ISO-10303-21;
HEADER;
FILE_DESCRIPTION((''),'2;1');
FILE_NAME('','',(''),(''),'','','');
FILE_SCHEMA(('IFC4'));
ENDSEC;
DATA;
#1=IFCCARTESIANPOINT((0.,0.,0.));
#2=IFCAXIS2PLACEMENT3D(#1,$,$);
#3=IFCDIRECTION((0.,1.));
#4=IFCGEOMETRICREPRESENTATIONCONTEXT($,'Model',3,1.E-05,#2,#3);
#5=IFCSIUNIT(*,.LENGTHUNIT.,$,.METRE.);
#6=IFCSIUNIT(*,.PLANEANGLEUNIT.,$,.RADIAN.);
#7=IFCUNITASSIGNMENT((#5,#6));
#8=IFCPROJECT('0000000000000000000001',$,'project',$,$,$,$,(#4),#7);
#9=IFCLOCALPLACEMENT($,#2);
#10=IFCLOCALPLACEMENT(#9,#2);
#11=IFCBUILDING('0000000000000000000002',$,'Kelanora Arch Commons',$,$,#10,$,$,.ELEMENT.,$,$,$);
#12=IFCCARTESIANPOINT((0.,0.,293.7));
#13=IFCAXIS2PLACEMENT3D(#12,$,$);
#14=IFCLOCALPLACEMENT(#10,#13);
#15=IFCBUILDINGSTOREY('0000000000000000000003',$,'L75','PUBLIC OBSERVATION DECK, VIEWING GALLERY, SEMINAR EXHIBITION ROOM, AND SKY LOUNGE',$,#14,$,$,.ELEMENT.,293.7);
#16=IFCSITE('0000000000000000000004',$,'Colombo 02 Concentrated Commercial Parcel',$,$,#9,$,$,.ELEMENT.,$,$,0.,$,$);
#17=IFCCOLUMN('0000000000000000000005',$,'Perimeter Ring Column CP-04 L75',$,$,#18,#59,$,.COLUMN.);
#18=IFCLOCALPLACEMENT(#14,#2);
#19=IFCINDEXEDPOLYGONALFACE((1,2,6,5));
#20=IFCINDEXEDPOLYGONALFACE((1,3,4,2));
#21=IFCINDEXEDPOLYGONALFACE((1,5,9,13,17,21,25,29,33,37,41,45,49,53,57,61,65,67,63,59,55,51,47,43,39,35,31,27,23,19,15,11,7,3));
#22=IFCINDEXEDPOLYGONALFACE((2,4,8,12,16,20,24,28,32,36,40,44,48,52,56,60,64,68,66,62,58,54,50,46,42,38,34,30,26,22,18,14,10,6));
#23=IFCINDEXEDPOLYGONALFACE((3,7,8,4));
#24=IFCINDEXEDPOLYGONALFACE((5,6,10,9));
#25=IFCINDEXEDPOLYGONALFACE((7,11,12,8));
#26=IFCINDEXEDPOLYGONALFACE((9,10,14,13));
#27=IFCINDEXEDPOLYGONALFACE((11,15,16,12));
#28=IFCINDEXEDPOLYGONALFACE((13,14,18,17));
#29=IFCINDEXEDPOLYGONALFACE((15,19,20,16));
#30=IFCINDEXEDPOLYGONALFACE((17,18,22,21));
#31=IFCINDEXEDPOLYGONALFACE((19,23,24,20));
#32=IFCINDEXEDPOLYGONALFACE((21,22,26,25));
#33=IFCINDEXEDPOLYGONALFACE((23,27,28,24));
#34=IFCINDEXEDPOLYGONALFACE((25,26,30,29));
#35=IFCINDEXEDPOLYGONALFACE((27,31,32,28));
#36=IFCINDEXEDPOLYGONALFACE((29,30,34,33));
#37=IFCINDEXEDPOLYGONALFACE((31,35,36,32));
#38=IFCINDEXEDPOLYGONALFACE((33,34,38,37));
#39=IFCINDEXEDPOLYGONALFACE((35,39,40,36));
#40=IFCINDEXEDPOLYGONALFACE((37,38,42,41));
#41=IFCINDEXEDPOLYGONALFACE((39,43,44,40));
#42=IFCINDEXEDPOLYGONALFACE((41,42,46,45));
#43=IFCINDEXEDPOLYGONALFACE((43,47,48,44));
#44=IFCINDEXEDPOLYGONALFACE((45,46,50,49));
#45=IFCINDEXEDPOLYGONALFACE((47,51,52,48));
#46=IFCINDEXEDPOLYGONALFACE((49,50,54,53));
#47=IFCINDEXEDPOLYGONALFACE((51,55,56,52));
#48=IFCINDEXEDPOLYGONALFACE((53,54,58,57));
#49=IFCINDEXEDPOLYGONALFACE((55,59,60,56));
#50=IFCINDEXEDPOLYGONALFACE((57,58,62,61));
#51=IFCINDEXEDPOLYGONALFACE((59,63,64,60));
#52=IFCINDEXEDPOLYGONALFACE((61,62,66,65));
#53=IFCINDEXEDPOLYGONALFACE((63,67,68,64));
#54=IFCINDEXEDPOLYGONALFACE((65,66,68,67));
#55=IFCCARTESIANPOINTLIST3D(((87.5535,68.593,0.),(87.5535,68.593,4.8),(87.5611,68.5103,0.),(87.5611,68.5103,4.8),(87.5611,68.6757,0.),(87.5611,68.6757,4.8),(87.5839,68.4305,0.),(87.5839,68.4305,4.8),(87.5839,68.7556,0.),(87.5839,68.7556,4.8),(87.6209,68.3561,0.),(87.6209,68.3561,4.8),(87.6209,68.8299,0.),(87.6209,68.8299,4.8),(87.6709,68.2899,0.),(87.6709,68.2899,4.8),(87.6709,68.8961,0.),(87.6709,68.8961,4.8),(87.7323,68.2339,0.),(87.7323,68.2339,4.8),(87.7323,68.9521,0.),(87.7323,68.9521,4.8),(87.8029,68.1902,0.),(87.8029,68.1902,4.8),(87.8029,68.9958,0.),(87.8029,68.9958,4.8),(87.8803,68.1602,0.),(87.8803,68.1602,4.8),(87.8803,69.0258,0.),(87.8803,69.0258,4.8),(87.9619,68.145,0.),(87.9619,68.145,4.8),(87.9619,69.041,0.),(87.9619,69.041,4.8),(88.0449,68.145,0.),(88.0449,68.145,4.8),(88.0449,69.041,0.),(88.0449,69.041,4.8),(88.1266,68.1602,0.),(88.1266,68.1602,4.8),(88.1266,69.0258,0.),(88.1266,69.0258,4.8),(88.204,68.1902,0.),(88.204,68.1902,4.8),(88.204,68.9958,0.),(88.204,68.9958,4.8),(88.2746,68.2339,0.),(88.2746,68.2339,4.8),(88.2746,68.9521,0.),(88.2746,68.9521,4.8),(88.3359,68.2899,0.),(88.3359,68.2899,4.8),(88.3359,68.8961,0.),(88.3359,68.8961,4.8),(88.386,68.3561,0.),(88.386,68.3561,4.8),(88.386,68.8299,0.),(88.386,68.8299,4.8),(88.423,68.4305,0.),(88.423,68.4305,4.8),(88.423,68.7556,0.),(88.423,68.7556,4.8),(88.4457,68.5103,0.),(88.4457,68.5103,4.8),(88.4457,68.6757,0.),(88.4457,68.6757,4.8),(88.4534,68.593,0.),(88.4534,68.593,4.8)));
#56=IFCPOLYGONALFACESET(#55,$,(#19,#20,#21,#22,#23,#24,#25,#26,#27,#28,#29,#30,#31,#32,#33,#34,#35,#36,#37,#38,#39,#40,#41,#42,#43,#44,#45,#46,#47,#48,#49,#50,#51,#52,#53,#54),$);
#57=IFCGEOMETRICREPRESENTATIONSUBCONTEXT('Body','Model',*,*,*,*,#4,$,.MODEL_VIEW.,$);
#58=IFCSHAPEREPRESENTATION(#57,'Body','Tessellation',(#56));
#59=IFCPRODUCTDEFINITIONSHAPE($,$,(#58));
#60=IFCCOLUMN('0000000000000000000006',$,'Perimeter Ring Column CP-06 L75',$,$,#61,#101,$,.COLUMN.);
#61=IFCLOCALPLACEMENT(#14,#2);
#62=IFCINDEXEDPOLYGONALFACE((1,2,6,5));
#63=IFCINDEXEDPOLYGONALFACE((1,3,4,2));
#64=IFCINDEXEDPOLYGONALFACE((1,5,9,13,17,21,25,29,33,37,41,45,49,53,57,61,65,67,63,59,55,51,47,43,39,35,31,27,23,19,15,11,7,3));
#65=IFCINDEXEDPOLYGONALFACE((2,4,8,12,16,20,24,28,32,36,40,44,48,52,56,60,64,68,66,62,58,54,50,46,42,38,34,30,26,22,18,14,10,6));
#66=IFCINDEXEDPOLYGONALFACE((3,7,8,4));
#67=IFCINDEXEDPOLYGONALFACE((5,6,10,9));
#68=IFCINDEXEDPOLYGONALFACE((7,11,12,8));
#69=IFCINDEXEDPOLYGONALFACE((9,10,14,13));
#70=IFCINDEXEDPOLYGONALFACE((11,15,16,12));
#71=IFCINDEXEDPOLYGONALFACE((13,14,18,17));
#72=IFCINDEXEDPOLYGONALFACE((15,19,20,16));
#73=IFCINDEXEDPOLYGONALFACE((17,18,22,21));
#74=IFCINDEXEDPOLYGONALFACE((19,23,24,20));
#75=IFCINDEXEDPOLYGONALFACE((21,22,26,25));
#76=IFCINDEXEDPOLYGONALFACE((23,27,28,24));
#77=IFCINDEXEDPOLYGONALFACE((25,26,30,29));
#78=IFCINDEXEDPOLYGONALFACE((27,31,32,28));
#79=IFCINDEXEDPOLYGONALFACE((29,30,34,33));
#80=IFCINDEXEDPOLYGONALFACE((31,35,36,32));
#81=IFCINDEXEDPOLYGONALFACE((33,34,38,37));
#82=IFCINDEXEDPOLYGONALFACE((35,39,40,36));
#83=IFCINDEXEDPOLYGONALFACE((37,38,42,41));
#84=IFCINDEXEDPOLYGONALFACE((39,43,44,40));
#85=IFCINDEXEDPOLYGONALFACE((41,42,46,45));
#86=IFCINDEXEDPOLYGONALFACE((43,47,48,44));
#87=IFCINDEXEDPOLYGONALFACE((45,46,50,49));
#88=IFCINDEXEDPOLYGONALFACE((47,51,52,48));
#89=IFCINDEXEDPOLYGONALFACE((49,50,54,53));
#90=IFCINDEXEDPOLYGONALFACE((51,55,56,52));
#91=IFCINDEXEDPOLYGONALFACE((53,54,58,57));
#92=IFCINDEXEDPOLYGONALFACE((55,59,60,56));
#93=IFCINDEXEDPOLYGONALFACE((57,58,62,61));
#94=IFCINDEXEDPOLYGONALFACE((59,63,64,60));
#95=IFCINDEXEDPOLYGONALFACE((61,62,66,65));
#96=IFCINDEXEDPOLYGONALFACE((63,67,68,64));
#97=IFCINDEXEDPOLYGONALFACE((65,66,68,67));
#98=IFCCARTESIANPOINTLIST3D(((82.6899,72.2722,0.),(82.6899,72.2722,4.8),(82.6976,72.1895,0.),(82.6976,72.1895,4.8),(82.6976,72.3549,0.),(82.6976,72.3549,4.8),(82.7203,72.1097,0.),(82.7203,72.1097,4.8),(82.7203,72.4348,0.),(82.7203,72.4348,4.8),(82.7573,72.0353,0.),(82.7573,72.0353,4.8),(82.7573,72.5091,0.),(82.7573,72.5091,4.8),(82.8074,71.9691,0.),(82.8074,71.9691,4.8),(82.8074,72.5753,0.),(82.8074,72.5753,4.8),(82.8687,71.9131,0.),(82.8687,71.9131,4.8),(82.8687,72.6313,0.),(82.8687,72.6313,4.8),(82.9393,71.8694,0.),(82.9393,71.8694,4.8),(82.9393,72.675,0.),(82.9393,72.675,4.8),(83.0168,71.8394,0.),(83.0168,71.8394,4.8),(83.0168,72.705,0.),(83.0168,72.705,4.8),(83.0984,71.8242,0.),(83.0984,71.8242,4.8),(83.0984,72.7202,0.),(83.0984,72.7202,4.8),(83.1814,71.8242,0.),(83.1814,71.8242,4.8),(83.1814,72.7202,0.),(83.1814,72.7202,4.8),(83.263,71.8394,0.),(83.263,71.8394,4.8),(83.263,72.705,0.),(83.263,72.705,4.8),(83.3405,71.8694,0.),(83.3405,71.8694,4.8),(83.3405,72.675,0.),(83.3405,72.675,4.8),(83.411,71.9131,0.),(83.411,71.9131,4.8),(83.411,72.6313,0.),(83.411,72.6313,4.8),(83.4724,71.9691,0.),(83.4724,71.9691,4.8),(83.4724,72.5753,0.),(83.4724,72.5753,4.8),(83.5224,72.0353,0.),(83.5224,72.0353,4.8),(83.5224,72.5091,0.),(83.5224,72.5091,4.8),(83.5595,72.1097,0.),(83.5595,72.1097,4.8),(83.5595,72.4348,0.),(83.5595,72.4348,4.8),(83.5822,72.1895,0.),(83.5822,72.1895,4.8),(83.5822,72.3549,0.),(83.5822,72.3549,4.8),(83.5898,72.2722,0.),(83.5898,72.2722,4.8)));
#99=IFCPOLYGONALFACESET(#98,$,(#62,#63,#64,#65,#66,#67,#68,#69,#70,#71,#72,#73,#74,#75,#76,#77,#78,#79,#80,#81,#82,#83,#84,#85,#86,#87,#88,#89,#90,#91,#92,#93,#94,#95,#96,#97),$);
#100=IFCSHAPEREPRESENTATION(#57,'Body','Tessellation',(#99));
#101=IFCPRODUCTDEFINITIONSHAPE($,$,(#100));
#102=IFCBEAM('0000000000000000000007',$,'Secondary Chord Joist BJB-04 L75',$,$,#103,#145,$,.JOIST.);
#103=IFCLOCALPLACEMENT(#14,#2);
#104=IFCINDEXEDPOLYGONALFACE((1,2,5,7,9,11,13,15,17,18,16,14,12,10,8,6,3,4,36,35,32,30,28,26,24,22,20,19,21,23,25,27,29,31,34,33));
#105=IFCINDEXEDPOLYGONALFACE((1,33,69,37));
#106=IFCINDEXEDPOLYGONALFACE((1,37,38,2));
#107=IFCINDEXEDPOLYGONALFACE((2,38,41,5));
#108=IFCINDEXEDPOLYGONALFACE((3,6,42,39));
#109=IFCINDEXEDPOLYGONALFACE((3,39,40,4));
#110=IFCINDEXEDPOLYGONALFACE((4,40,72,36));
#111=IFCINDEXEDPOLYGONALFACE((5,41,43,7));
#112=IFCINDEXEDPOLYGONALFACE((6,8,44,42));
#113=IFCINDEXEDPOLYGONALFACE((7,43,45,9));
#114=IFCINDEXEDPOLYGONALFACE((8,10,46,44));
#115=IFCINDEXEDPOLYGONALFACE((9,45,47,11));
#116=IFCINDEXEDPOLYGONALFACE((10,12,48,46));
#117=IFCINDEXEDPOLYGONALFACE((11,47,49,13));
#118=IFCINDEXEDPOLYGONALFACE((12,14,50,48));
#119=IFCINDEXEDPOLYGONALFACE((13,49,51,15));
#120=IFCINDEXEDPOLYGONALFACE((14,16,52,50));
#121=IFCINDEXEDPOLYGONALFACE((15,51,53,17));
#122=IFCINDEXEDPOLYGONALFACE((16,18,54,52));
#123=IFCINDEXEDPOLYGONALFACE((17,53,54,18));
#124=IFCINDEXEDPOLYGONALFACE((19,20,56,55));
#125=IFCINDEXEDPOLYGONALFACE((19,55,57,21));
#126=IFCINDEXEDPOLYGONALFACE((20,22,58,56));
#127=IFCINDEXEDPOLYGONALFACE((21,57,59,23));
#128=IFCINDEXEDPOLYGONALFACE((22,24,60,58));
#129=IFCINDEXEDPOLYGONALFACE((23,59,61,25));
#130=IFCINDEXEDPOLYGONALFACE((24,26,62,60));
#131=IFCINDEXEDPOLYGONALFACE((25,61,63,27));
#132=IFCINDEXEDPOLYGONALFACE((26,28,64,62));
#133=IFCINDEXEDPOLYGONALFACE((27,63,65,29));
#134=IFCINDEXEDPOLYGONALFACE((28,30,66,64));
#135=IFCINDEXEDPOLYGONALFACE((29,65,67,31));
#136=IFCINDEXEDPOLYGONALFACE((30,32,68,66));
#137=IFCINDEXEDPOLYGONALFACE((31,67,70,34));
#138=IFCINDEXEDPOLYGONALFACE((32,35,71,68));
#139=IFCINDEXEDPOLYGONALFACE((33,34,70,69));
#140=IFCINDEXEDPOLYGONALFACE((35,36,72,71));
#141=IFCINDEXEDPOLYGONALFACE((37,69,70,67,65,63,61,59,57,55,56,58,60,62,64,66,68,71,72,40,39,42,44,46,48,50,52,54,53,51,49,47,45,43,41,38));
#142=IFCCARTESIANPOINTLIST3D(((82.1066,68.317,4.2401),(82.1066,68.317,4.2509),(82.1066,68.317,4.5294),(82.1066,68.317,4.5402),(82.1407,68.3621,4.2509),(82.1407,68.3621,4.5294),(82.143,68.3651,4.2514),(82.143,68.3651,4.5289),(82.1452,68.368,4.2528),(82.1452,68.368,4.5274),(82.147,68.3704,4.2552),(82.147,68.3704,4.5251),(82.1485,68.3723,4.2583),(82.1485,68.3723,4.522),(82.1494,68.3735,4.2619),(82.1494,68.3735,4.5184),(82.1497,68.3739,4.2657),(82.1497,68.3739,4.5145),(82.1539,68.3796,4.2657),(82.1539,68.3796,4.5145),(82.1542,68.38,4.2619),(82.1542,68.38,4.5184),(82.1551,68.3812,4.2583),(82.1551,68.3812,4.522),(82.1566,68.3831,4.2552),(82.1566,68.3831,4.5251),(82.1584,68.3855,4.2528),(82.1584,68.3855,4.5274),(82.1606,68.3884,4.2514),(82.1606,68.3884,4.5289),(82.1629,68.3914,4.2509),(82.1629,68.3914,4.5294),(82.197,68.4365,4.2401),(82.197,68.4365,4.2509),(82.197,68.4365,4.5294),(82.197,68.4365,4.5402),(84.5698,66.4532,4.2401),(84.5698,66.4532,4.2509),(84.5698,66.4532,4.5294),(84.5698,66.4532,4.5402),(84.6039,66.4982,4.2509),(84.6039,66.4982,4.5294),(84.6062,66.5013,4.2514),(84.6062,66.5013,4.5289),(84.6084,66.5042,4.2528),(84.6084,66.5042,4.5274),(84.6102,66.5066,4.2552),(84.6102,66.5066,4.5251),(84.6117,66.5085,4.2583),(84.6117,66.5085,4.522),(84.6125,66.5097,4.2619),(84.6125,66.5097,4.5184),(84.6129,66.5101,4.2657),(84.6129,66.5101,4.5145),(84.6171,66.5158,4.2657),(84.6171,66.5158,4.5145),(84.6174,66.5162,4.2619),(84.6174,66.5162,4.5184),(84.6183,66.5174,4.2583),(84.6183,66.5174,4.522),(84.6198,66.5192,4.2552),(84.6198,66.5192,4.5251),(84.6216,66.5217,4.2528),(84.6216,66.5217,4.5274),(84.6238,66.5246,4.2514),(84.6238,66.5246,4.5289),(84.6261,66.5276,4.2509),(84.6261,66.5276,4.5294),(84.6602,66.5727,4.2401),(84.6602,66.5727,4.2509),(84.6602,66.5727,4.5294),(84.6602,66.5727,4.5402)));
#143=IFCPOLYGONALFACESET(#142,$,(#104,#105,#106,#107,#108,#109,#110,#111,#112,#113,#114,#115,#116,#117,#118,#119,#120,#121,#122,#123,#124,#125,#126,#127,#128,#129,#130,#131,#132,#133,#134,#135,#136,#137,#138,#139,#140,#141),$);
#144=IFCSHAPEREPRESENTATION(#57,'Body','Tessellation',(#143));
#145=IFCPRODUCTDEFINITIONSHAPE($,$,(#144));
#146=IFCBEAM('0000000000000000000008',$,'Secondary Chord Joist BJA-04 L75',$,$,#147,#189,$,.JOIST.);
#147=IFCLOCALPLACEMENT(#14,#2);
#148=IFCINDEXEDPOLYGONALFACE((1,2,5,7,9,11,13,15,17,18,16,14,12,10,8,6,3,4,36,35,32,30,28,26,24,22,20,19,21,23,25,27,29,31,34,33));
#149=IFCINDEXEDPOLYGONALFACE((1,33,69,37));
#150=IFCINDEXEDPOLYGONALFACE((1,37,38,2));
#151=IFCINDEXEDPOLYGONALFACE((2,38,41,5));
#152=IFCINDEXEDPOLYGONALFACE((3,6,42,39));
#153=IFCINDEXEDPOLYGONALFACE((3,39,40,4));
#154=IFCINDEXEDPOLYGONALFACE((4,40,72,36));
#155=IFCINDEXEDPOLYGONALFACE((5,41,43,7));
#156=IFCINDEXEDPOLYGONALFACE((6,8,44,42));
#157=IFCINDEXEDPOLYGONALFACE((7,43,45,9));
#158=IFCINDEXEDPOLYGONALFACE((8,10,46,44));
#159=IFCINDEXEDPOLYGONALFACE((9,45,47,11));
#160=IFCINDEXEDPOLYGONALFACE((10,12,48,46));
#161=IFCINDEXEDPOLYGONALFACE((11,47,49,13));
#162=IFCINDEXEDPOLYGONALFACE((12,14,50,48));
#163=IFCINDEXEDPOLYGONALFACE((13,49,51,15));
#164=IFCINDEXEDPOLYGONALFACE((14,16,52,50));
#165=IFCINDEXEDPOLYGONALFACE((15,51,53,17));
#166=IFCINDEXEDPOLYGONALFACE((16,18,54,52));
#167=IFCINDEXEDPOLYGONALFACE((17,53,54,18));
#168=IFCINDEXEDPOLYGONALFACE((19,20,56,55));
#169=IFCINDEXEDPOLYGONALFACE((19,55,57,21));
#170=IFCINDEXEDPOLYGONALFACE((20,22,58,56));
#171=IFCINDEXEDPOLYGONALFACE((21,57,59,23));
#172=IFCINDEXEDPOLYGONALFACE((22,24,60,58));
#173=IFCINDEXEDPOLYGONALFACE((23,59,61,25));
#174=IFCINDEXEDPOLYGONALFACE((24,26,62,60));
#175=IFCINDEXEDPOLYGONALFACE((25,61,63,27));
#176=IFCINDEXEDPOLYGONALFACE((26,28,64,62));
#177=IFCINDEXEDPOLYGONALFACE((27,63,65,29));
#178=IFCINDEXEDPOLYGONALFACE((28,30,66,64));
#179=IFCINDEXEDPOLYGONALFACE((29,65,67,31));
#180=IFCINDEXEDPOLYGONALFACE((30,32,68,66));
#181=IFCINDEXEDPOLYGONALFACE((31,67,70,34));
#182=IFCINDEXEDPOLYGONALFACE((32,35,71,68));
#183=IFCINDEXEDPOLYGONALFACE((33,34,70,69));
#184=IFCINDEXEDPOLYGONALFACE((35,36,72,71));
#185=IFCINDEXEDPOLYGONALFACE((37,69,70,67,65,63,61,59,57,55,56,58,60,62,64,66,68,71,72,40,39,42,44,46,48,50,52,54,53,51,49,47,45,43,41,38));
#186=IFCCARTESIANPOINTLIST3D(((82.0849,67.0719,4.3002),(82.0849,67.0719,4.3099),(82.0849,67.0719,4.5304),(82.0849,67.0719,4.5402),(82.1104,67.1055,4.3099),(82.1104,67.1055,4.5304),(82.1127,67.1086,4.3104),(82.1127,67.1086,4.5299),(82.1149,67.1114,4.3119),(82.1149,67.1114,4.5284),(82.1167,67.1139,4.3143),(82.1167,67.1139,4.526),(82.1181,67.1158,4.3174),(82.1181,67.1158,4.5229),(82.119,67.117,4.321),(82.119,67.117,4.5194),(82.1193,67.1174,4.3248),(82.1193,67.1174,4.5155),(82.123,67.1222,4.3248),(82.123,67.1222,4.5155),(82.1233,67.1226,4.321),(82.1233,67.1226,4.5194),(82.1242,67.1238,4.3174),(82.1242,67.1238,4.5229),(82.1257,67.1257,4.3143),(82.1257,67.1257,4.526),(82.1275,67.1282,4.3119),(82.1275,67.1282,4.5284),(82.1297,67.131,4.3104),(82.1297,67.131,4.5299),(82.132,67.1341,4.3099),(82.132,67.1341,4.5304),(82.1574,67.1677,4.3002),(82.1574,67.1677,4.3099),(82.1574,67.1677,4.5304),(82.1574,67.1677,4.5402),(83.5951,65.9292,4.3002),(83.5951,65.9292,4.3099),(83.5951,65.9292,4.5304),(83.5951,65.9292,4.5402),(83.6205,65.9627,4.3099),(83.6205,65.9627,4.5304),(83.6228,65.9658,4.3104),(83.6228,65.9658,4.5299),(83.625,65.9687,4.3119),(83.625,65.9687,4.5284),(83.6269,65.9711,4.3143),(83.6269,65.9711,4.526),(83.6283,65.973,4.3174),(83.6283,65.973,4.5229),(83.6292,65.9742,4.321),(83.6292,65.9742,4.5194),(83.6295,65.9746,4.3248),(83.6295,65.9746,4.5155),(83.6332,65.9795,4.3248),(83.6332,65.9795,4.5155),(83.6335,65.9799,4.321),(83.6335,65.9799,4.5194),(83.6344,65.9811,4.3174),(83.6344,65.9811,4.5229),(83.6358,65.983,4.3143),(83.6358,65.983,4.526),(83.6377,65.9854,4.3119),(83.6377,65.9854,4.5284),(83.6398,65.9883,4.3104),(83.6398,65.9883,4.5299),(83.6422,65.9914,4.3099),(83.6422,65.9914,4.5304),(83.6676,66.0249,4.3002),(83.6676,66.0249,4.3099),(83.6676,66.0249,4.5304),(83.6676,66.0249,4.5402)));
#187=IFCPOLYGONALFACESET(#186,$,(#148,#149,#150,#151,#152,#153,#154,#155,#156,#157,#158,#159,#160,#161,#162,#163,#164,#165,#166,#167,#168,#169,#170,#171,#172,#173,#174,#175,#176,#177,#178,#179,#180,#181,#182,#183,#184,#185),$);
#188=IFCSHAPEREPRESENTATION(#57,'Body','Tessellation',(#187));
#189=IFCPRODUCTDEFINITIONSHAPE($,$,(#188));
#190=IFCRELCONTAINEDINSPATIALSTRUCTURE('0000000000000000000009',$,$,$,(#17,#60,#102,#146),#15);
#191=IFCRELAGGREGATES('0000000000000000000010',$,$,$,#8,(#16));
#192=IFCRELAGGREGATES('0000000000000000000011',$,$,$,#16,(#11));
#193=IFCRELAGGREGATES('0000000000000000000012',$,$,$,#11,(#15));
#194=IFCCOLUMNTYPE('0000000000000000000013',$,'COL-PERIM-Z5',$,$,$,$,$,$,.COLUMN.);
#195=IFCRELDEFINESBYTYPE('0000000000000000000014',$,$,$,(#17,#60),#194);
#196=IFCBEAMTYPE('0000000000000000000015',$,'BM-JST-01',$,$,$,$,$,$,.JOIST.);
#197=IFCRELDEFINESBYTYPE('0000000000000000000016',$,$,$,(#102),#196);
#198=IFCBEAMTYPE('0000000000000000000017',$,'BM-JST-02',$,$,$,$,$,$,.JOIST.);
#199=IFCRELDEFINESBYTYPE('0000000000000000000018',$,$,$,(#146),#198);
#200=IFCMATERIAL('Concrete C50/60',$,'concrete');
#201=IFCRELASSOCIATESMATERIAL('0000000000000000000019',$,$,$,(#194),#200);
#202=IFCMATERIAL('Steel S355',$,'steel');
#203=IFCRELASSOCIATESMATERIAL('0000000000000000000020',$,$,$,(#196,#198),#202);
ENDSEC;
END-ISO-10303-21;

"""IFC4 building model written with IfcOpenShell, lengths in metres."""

from ifc_helpers import new_model, si_unit, direction, frame, origin, origin_2d, place, context, subcontext, project, spatial, circle, i_section, extrude, material, material_profile, profile_set, type_object, element, save


model = new_model("IFC4")

# Units and contexts
model_context = context("Model", 3, precision=1e-05, world=origin(), true_north=direction((0.0, 1.0)))
body_context = subcontext(model_context, "Body", "Model", "MODEL_VIEW")
ifc_project = project(units=[si_unit("LENGTHUNIT", "METRE"), si_unit("PLANEANGLEUNIT", "RADIAN")], contexts=[model_context])

# Site, building, storey
site_placement = place(None, origin())
site = spatial("IfcSite", under=ifc_project, at=site_placement, Name="Colombo 02 Concentrated Commercial Parcel", CompositionType="ELEMENT", RefElevation=0.0)
building_placement = place(site_placement, origin())
building = spatial("IfcBuilding", under=site, at=building_placement, Name="Kelanora Arch Commons", CompositionType="ELEMENT")
storey_placement = place(building_placement, frame((0.0, 0.0, 293.7)))
storey = spatial("IfcBuildingStorey", under=building, at=storey_placement, Name="L75", Description="PUBLIC OBSERVATION DECK, VIEWING GALLERY, SEMINAR EXHIBITION ROOM, AND SKY LOUNGE", CompositionType="ELEMENT", Elevation=293.7)

# Columns
ifc_material_1 = material(Name="Concrete C50/60", Category="concrete")
ifc_material_profile_1 = material_profile(ifc_material_1, circle(Radius=0.45, at=origin_2d()), Name="RCC900")
ifc_profile_set_1 = profile_set([ifc_material_profile_1], Name="Concrete C50/60")
column_type = type_object("IfcColumnType", Name="COL-PERIM-Z5", PredefinedType="COLUMN", material=ifc_profile_set_1)
for number, where, z_axis, x_axis, name in (
    (1, (88.0034, 68.593, 0.0), (0.0, 0.0, 1.0), (1.0, 0.0, 0.0), "Perimeter Ring Column CP-04 L75"),
    (2, (83.1399, 72.2722, 0.0), (0.0, 0.0, 1.0), (1.0, 0.0, 0.0), "Perimeter Ring Column CP-06 L75"),
):
    element("IfcColumn", number, at=place(storey_placement, frame(where, z_axis=z_axis, x_axis=x_axis)), inside=storey, type_object=column_type, Name=name, PredefinedType="COLUMN", context=body_context, shape_type="SweptSolid", body=[
        extrude(circle(Radius=0.45, at=origin_2d()), origin(), (0.0, 0.0, 1.0), 4.8),
    ])

# Beams
ifc_material_2 = material(Name="Steel S355", Category="steel")
ifc_material_profile_2 = material_profile(ifc_material_2, i_section(OverallWidth=0.1499, OverallDepth=0.3, WebThickness=0.0071, FlangeThickness=0.0107, FilletRadius=0.0149, at=origin_2d()), Name="IPE300")
ifc_profile_set_2 = profile_set([ifc_material_profile_2], Name="Steel S355")
beam_type_1 = type_object("IfcBeamType", Name="BM-JST-01", PredefinedType="JOIST", material=ifc_profile_set_2)
beam_1_placement = place(storey_placement, frame((84.615, 66.5129, 4.3901), z_axis=(-0.797441, 0.603396, 0.0), x_axis=(-0.603396, -0.797441, 0.0)))
element("IfcBeam", 3, at=beam_1_placement, inside=storey, type_object=beam_type_1, Name="Secondary Chord Joist BJB-04 L75", PredefinedType="JOIST", context=body_context, shape_type="SweptSolid", body=[
    extrude(i_section(OverallWidth=0.1499, OverallDepth=0.3, WebThickness=0.0071, FlangeThickness=0.0107, FilletRadius=0.0149, at=origin_2d()), origin(), (0.0, 0.0, 1.0), 3.0889),
])
ifc_material_profile_3 = material_profile(ifc_material_2, i_section(OverallWidth=0.1201, OverallDepth=0.24, WebThickness=0.0061, FlangeThickness=0.0098, FilletRadius=0.0149, at=origin_2d()), Name="IPE240")
ifc_profile_set_3 = profile_set([ifc_material_profile_3], Name="Steel S355")
beam_type_2 = type_object("IfcBeamType", Name="BM-JST-02", PredefinedType="JOIST", material=ifc_profile_set_3)
beam_2_placement = place(storey_placement, frame((83.6313, 65.9771, 4.4202), z_axis=(-0.797425, 0.603418, 0.0), x_axis=(-0.603418, -0.797425, 0.0)))
element("IfcBeam", 4, at=beam_2_placement, inside=storey, type_object=beam_type_2, Name="Secondary Chord Joist BJA-04 L75", PredefinedType="JOIST", context=body_context, shape_type="SweptSolid", body=[
    extrude(i_section(OverallWidth=0.1201, OverallDepth=0.24, WebThickness=0.0061, FlangeThickness=0.0098, FilletRadius=0.0149, at=origin_2d()), origin(), (0.0, 0.0, 1.0), 1.8938),
])

save(model, "model.ifc")
